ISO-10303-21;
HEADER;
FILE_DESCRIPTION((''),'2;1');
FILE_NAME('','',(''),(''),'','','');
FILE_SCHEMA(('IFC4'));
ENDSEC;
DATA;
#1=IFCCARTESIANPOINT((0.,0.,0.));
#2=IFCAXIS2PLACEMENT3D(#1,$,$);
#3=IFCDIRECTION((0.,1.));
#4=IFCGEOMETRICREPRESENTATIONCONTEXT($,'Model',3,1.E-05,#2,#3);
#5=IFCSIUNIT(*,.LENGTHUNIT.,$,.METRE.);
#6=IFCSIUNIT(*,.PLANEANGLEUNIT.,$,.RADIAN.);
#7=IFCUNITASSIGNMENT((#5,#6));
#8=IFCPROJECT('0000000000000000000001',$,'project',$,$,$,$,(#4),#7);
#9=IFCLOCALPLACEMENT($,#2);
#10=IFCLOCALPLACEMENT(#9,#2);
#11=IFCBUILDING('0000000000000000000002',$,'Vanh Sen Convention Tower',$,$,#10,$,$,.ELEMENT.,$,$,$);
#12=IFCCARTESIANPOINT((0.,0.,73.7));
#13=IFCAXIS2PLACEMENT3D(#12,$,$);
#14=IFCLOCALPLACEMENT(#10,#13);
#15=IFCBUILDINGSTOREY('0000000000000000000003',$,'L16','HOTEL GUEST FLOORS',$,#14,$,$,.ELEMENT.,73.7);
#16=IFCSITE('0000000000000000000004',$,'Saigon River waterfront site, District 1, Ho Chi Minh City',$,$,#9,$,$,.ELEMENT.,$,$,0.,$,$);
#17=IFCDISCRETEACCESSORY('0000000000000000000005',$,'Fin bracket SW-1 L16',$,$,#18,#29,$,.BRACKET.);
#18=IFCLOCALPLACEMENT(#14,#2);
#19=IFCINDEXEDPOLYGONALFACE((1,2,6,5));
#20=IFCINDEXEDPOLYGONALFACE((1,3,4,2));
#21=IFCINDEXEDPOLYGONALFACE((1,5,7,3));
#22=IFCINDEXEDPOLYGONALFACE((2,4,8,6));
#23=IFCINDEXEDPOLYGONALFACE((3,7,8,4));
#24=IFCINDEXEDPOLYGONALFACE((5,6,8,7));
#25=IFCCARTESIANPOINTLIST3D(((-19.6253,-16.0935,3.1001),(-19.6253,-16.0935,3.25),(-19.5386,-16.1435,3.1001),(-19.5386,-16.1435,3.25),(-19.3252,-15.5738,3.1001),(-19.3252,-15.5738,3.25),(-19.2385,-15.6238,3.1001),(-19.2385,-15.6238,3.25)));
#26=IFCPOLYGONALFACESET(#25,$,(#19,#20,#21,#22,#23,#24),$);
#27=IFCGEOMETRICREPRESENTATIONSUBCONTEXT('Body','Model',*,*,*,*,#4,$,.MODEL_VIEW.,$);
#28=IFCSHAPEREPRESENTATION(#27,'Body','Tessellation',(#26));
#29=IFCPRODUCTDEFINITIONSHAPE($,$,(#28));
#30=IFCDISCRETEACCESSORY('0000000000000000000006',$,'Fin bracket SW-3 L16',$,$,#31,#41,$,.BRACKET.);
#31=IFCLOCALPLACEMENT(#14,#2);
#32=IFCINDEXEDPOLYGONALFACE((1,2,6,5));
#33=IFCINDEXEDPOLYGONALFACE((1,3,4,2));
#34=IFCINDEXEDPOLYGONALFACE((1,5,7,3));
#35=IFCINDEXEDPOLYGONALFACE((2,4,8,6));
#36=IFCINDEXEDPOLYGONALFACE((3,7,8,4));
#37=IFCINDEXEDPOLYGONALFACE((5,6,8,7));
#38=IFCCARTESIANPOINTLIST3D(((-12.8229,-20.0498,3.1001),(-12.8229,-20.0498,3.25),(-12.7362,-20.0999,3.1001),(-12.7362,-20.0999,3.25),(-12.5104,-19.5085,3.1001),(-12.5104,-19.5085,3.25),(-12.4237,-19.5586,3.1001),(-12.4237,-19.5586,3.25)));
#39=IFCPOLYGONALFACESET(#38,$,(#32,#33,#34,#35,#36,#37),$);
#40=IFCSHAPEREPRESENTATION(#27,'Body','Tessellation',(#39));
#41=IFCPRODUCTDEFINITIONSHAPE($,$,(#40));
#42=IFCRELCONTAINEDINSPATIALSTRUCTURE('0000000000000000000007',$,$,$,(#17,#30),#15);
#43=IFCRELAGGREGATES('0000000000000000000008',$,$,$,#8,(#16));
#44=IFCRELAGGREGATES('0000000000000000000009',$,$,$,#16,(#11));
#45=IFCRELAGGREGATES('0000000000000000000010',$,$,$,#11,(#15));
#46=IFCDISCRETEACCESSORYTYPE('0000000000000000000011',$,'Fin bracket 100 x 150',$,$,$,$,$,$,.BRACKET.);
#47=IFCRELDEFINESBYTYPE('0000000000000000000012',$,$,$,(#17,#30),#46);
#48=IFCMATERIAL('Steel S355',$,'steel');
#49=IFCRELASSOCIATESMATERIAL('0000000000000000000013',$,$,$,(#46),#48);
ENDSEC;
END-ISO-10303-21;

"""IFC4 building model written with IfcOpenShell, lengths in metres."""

from ifc_helpers import new_model, si_unit, direction, frame, origin, origin_2d, place, context, subcontext, project, spatial, rectangle, extrude, material, type_object, element, save


model = new_model("IFC4")

# Units and contexts
model_context = context("Model", 3, precision=1e-05, world=origin(), true_north=direction((0.0, 1.0)))
body_context = subcontext(model_context, "Body", "Model", "MODEL_VIEW")
ifc_project = project(units=[si_unit("LENGTHUNIT", "METRE"), si_unit("PLANEANGLEUNIT", "RADIAN")], contexts=[model_context])

# Site, building, storey
site_placement = place(None, origin())
site = spatial("IfcSite", under=ifc_project, at=site_placement, Name="Saigon River waterfront site, District 1, Ho Chi Minh City", CompositionType="ELEMENT", RefElevation=0.0)
building_placement = place(site_placement, origin())
building = spatial("IfcBuilding", under=site, at=building_placement, Name="Vanh Sen Convention Tower", CompositionType="ELEMENT")
storey_placement = place(building_placement, frame((0.0, 0.0, 73.7)))
storey = spatial("IfcBuildingStorey", under=building, at=storey_placement, Name="L16", Description="HOTEL GUEST FLOORS", CompositionType="ELEMENT", Elevation=73.7)

# Discrete accessories
ifc_material_1 = material(Name="Steel S355", Category="steel")
discrete_accessory_type = type_object("IfcDiscreteAccessoryType", Name="Fin bracket 100 x 150", PredefinedType="BRACKET", material=ifc_material_1)
discrete_accessory_1_placement = place(storey_placement, frame((-19.4319, -15.8586, 3.1001), z_axis=(0.0, 0.0, 1.0), x_axis=(-0.5, -0.866025, 0.0)))
element("IfcDiscreteAccessory", 1, at=discrete_accessory_1_placement, inside=storey, type_object=discrete_accessory_type, Name="Fin bracket SW-1 L16", PredefinedType="BRACKET", context=body_context, shape_type="SweptSolid", body=[
    extrude(rectangle(XDim=0.6001, YDim=0.1001, at=origin_2d()), origin(), (0.0, 0.0, 1.0), 0.1499),
])
discrete_accessory_2_placement = place(storey_placement, frame((-12.6233, -19.8042, 3.1001), z_axis=(0.0, 0.0, 1.0), x_axis=(-0.5, -0.866025, 0.0)))
element("IfcDiscreteAccessory", 2, at=discrete_accessory_2_placement, inside=storey, type_object=discrete_accessory_type, Name="Fin bracket SW-3 L16", PredefinedType="BRACKET", context=body_context, shape_type="SweptSolid", body=[
    extrude(rectangle(XDim=0.625, YDim=0.1001, at=origin_2d()), origin(), (0.0, 0.0, 1.0), 0.1499),
])

save(model, "model.ifc")
